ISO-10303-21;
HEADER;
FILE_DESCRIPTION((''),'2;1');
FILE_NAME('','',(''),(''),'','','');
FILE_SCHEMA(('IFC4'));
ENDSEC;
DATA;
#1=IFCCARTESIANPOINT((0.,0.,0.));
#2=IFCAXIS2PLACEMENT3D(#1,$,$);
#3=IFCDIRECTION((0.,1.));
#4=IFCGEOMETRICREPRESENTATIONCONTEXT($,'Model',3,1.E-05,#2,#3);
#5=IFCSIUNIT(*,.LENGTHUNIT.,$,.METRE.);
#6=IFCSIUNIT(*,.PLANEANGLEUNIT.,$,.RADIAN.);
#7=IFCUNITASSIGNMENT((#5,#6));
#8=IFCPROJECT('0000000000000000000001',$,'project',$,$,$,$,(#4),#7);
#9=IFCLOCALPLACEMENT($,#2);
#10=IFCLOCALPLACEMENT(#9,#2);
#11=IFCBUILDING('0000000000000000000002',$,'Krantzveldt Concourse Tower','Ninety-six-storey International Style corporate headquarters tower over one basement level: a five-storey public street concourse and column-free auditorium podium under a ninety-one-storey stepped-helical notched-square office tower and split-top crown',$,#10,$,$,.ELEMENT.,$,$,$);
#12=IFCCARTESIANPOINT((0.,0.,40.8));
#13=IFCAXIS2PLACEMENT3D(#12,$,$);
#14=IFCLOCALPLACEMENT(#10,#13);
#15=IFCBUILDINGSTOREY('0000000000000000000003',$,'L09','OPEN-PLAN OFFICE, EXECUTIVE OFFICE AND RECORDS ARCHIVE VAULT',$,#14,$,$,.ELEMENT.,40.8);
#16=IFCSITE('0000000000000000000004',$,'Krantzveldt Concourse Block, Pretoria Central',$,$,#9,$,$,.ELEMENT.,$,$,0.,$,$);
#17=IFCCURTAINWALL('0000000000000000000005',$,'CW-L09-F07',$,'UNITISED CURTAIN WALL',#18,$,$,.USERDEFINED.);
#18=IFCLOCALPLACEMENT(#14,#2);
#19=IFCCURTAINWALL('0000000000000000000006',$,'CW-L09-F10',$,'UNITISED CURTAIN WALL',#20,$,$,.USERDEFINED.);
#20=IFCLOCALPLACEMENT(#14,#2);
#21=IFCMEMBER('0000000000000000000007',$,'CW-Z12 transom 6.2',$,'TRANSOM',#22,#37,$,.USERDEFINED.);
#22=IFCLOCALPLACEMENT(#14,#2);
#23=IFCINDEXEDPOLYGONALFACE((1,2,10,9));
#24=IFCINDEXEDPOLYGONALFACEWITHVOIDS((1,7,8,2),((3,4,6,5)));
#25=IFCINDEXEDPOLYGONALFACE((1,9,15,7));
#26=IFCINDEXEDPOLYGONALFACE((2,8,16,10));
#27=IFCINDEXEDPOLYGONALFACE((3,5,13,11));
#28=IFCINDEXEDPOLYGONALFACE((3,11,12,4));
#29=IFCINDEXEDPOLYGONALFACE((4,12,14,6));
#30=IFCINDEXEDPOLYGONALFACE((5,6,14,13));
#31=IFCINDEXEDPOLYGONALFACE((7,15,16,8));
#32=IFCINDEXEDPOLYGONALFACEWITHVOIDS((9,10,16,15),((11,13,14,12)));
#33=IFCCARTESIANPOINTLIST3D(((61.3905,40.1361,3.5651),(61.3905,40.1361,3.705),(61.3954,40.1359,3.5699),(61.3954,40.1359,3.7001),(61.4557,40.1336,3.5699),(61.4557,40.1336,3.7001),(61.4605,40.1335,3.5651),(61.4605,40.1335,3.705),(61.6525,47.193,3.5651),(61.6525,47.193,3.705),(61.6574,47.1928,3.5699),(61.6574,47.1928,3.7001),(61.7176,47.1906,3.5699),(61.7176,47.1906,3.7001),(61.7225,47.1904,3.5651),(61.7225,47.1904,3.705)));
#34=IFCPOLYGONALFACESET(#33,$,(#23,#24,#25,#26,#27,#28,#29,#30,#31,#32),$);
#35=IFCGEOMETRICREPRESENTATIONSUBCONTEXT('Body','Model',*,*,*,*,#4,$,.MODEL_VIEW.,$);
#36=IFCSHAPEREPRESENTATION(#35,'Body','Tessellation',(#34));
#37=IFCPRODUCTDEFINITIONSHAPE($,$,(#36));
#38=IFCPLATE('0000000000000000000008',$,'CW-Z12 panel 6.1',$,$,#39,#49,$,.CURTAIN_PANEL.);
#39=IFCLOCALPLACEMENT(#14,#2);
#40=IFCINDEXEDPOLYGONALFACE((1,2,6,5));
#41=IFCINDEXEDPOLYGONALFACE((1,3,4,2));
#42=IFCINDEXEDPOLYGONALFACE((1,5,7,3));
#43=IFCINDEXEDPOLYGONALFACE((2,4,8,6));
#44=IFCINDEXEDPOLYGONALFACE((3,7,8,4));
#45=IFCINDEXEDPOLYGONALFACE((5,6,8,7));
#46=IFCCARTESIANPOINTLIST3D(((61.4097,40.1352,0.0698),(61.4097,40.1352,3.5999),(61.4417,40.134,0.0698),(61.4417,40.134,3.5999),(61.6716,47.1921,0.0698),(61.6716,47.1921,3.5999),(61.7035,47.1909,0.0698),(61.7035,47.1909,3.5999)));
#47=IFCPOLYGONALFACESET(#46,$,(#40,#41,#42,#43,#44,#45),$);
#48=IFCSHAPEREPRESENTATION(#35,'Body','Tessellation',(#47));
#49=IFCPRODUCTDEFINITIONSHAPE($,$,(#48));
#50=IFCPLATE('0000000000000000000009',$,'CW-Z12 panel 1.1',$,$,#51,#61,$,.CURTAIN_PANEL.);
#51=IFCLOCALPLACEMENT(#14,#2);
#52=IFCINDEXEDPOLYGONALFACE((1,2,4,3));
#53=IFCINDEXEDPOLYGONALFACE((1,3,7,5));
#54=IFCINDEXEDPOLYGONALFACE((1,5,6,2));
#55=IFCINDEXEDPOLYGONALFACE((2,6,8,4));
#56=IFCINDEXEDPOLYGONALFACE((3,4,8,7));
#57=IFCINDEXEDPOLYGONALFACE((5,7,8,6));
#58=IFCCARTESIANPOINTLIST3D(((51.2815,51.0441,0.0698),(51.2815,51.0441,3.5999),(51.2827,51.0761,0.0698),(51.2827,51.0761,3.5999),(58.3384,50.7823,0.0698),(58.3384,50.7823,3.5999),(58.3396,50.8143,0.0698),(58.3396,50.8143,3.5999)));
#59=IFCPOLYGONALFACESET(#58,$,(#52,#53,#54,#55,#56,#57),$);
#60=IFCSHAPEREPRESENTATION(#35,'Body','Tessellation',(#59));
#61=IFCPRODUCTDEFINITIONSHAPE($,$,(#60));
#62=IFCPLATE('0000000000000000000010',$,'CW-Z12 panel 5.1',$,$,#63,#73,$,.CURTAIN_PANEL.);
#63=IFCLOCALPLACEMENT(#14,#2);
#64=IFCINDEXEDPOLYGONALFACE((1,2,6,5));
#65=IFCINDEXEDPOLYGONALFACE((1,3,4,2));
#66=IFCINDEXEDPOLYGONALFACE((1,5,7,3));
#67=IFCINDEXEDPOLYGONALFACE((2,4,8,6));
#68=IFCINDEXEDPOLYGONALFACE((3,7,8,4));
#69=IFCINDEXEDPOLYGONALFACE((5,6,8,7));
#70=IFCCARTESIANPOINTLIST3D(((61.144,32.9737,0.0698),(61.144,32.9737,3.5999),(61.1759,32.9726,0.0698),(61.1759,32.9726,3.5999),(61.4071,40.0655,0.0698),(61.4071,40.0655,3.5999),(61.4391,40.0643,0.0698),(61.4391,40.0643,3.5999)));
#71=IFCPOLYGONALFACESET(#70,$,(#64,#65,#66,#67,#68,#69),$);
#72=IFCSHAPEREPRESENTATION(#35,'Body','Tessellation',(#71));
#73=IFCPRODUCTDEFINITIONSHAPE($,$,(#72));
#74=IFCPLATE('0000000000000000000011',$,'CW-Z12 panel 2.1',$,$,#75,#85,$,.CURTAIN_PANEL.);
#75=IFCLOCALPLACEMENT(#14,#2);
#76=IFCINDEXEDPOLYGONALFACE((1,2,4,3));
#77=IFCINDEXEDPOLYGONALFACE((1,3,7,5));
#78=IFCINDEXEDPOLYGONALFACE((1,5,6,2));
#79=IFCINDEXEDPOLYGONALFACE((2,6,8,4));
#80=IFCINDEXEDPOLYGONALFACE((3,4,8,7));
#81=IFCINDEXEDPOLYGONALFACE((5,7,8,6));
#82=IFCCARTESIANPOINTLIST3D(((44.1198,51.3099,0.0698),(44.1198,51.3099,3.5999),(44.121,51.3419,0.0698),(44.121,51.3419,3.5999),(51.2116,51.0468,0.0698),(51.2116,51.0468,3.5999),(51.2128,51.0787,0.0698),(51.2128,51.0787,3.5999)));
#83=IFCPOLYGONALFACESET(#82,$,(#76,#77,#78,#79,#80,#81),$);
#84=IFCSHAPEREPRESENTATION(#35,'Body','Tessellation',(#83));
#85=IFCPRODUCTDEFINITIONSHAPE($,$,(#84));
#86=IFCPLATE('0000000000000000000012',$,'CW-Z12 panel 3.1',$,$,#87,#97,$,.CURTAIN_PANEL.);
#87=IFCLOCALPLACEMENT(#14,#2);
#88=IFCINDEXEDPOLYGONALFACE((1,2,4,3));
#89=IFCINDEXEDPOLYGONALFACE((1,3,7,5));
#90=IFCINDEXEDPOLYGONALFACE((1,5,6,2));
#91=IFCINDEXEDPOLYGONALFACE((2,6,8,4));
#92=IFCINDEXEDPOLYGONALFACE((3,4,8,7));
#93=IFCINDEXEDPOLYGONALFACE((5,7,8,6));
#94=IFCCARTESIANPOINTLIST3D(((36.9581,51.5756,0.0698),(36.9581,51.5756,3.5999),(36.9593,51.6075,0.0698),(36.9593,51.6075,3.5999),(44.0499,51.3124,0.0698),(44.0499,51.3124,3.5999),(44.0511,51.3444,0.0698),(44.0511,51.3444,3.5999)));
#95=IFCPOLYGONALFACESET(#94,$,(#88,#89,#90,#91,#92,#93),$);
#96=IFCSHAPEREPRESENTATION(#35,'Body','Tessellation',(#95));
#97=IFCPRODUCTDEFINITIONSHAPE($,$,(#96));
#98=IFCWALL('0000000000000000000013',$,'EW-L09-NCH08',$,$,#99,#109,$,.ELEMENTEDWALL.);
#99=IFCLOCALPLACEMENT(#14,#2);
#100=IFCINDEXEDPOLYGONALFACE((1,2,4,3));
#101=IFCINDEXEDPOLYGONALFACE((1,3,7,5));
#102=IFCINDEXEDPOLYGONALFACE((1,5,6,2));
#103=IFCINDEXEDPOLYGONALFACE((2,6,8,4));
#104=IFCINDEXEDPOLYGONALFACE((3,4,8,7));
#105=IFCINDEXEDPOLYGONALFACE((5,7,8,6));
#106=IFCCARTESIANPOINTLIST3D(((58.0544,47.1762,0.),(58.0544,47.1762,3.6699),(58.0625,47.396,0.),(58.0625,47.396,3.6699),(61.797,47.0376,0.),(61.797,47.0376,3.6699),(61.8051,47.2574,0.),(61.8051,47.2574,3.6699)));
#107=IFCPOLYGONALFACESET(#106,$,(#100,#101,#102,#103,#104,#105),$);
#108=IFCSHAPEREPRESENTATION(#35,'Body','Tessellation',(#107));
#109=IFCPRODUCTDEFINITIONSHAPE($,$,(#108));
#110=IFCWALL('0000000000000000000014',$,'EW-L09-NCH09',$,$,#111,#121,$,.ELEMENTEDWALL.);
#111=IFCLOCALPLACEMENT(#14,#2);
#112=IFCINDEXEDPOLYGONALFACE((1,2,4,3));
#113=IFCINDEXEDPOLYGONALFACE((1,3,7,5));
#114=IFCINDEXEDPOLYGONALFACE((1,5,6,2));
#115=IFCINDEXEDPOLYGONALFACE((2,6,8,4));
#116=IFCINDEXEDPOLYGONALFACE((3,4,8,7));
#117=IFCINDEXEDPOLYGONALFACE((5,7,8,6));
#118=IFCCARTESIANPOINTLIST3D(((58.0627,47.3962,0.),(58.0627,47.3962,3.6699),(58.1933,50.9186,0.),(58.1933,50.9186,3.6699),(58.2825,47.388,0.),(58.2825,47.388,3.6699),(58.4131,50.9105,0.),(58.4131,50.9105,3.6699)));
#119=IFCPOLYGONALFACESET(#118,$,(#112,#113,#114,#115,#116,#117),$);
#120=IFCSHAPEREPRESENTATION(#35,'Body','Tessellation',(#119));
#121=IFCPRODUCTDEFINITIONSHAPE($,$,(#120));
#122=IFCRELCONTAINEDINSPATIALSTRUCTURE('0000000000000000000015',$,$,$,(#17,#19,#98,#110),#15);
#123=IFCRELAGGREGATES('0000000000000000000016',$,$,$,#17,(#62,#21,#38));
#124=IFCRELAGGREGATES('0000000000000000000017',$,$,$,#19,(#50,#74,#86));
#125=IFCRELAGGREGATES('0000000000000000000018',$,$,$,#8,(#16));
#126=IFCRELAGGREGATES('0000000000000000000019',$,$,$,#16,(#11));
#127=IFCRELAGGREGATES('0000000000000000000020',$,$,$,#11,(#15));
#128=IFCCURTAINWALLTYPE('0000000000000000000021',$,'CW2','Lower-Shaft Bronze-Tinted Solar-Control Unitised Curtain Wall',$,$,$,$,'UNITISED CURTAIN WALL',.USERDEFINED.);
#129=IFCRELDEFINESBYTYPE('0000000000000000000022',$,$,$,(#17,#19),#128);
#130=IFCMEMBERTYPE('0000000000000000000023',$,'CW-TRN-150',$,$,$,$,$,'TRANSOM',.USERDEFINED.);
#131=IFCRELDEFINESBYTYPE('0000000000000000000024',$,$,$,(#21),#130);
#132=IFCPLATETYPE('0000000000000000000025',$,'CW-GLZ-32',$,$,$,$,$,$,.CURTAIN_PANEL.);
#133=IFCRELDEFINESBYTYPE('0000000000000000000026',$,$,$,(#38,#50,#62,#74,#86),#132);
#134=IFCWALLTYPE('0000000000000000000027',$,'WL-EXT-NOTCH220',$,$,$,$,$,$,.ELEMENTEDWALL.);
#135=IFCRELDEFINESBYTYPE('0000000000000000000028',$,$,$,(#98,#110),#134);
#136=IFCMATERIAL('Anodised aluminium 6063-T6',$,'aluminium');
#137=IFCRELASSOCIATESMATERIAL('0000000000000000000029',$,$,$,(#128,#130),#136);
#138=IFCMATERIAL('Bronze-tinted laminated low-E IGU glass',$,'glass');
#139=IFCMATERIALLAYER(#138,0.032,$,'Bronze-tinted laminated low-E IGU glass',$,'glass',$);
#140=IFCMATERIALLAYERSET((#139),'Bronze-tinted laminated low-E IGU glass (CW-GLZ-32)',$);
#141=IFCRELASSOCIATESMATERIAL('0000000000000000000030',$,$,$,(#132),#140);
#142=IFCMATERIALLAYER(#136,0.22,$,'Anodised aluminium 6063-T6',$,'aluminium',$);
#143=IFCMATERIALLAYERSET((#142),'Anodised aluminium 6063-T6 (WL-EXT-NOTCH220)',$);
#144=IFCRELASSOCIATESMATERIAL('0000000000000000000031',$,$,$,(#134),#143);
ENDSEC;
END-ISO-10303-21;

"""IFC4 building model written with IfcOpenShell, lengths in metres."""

from ifc_helpers import new_model, si_unit, direction, frame, frame_2d, origin, origin_2d, place, context, subcontext, project, spatial, rectangle, hollow_rectangle, extrude, source, transform, mapped, material, layer, layer_set, material_profile, profile_set, type_object, type_shapes, element, aggregate, save


model = new_model("IFC4")

# Units and contexts
model_context = context("Model", 3, precision=1e-05, world=origin(), true_north=direction((0.0, 1.0)))
body_context = subcontext(model_context, "Body", "Model", "MODEL_VIEW")
ifc_project = project(units=[si_unit("LENGTHUNIT", "METRE"), si_unit("PLANEANGLEUNIT", "RADIAN")], contexts=[model_context])

# Site, building, storey
site_placement = place(None, origin())
site = spatial("IfcSite", under=ifc_project, at=site_placement, Name="Krantzveldt Concourse Block, Pretoria Central", CompositionType="ELEMENT", RefElevation=0.0)
building_placement = place(site_placement, origin())
building = spatial("IfcBuilding", under=site, at=building_placement, Name="Krantzveldt Concourse Tower", Description="Ninety-six-storey International Style corporate headquarters tower over one basement level: a five-storey public street concourse and column-free auditorium podium under a ninety-one-storey stepped-helical notched-square office tower and split-top crown", CompositionType="ELEMENT")
storey_placement = place(building_placement, frame((0.0, 0.0, 40.8)))
storey = spatial("IfcBuildingStorey", under=building, at=storey_placement, Name="L09", Description="OPEN-PLAN OFFICE, EXECUTIVE OFFICE AND RECORDS ARCHIVE VAULT", CompositionType="ELEMENT", Elevation=40.8)

# Curtain walls
ifc_material_1 = material(Name="Anodised aluminium 6063-T6", Category="aluminium")
curtain_wall_type = type_object("IfcCurtainWallType", Name="CW2", Description="Lower-Shaft Bronze-Tinted Solar-Control Unitised Curtain Wall", ElementType="UNITISED CURTAIN WALL", PredefinedType="USERDEFINED", material=ifc_material_1)
curtain_wall_1_placement = place(storey_placement, origin())
curtain_wall_1 = element("IfcCurtainWall", 1, at=curtain_wall_1_placement, inside=storey, type_object=curtain_wall_type, Name="CW-L09-F07", ObjectType="UNITISED CURTAIN WALL", PredefinedType="USERDEFINED")
curtain_wall_2_placement = place(storey_placement, origin())
curtain_wall_2 = element("IfcCurtainWall", 2, at=curtain_wall_2_placement, inside=storey, type_object=curtain_wall_type, Name="CW-L09-F10", ObjectType="UNITISED CURTAIN WALL", PredefinedType="USERDEFINED")
ifc_material_profile_1 = material_profile(ifc_material_1, hollow_rectangle(XDim=0.0701, YDim=0.1399, WallThickness=0.0049, at=origin_2d()), Name="Anodised aluminium 6063-T6", Category="aluminium")
ifc_profile_set_1 = profile_set([ifc_material_profile_1], Name="Anodised aluminium 6063-T6 - ALU-TRAN 140x70x5")
member_type_1 = type_object("IfcMemberType", Name="CW-TRN-150", ElementType="TRANSOM", PredefinedType="USERDEFINED", material=ifc_profile_set_1)

# Member
shared_shape_1 = source(origin(), body_context, "Body", "SweptSolid", [
    extrude(hollow_rectangle(XDim=0.0701, YDim=0.1399, WallThickness=0.0049, at=origin_2d()), origin(), (0.0, 0.0, 1.0), 7.0618),
])
member_1_placement = place(storey_placement, frame((61.4255, 40.1348, 3.635), z_axis=(0.037096, 0.999312, 0.0), x_axis=(-0.999312, 0.037096, 0.0)))
member_1 = element("IfcMember", 3, at=member_1_placement, type_object=member_type_1, Name="CW-Z12 transom 6.2", ObjectType="TRANSOM", PredefinedType="USERDEFINED", context=body_context, shape_type="MappedRepresentation", body=[
    mapped(shared_shape_1, transform((0.0, 0.0, 0.0), x_axis=(1.0, 0.0, 0.0), y_axis=(0.0, 1.0, 0.0), z_axis=(0.0, 0.0, 1.0), scale=1.0)),
])

# Plates
ifc_material_2 = material(Name="Bronze-tinted laminated low-E IGU glass", Category="glass")
ifc_layer_1 = layer(ifc_material_2, 0.032, Name="Bronze-tinted laminated low-E IGU glass", Category="glass")
ifc_layer_set_1 = layer_set([ifc_layer_1], Name="Bronze-tinted laminated low-E IGU glass (CW-GLZ-32)")
plate_type = type_object("IfcPlateType", Name="CW-GLZ-32", PredefinedType="CURTAIN_PANEL", material=ifc_layer_set_1)
shared_shape_2 = source(origin(), body_context, "Body", "SweptSolid", [
    extrude(rectangle(XDim=7.0618, YDim=0.032, at=origin_2d()), origin(), (0.0, 0.0, 1.0), 3.53),
])
plate_1_placement = place(storey_placement, frame((61.5566, 43.6631, 0.0698), z_axis=(0.0, 0.0, 1.0), x_axis=(0.03708, 0.999312, 0.0)))
plate_1 = element("IfcPlate", 4, at=plate_1_placement, type_object=plate_type, Name="CW-Z12 panel 6.1", PredefinedType="CURTAIN_PANEL", context=body_context, shape_type="MappedRepresentation", body=[
    mapped(shared_shape_2, transform((0.0, 0.0, 0.0), x_axis=(1.0, 0.0, 0.0), y_axis=(0.0, 1.0, 0.0), z_axis=(0.0, 0.0, 1.0), scale=1.0)),
])
plate_2_placement = place(storey_placement, frame((54.8105, 50.9292, 0.0698), z_axis=(0.0, 0.0, 1.0), x_axis=(-0.999312, 0.03708, 0.0)))
plate_2 = element("IfcPlate", 5, at=plate_2_placement, type_object=plate_type, Name="CW-Z12 panel 1.1", PredefinedType="CURTAIN_PANEL", context=body_context, shape_type="MappedRepresentation", body=[
    mapped(shared_shape_2, transform((0.0, 0.0, 0.0), x_axis=(1.0, 0.0, 0.0), y_axis=(0.0, 1.0, 0.0), z_axis=(0.0, 0.0, 1.0), scale=1.0)),
])
shared_shape_3 = source(origin(), body_context, "Body", "SweptSolid", [
    extrude(rectangle(XDim=7.0967, YDim=0.032, at=origin_2d()), origin(), (0.0, 0.0, 1.0), 3.53),
])
type_shapes(plate_type, [shared_shape_2, shared_shape_3])
plate_3_placement = place(storey_placement, frame((61.2915, 36.519, 0.0698), z_axis=(0.0, 0.0, 1.0), x_axis=(0.03708, 0.999312, 0.0)))
plate_3 = element("IfcPlate", 6, at=plate_3_placement, type_object=plate_type, Name="CW-Z12 panel 5.1", PredefinedType="CURTAIN_PANEL", context=body_context, shape_type="MappedRepresentation", body=[
    mapped(shared_shape_3, transform((0.0, 0.0, 0.0), x_axis=(1.0, 0.0, 0.0), y_axis=(0.0, 1.0, 0.0), z_axis=(0.0, 0.0, 1.0), scale=1.0)),
])
aggregate(curtain_wall_1, [plate_3, member_1, plate_1])
plate_4_placement = place(storey_placement, frame((47.6663, 51.1943, 0.0698), z_axis=(0.0, 0.0, 1.0), x_axis=(-0.999312, 0.03708, 0.0)))
plate_4 = element("IfcPlate", 7, at=plate_4_placement, type_object=plate_type, Name="CW-Z12 panel 2.1", PredefinedType="CURTAIN_PANEL", context=body_context, shape_type="MappedRepresentation", body=[
    mapped(shared_shape_3, transform((0.0, 0.0, 0.0), x_axis=(1.0, 0.0, 0.0), y_axis=(0.0, 1.0, 0.0), z_axis=(0.0, 0.0, 1.0), scale=1.0)),
])
plate_5_placement = place(storey_placement, frame((40.5046, 51.46, 0.0698), z_axis=(0.0, 0.0, 1.0), x_axis=(-0.999312, 0.03708, 0.0)))
plate_5 = element("IfcPlate", 8, at=plate_5_placement, type_object=plate_type, Name="CW-Z12 panel 3.1", PredefinedType="CURTAIN_PANEL", context=body_context, shape_type="MappedRepresentation", body=[
    mapped(shared_shape_3, transform((0.0, 0.0, 0.0), x_axis=(1.0, 0.0, 0.0), y_axis=(0.0, 1.0, 0.0), z_axis=(0.0, 0.0, 1.0), scale=1.0)),
])
aggregate(curtain_wall_2, [plate_2, plate_4, plate_5])

# Walls
ifc_layer_2 = layer(ifc_material_1, 0.22, Name="Anodised aluminium 6063-T6", Category="aluminium")
ifc_layer_set_2 = layer_set([ifc_layer_2], Name="Anodised aluminium 6063-T6 (WL-EXT-NOTCH220)")
wall_type = type_object("IfcWallType", Name="WL-EXT-NOTCH220", PredefinedType="ELEMENTEDWALL", material=ifc_layer_set_2)
wall_1_placement = place(storey_placement, frame((61.801, 47.1475, 0.0), z_axis=(0.0, 0.0, 1.0), x_axis=(-0.999314, 0.037029, 0.0)))
element("IfcWall", 9, at=wall_1_placement, inside=storey, type_object=wall_type, Name="EW-L09-NCH08", PredefinedType="ELEMENTEDWALL", context=body_context, shape_type="SweptSolid", body=[
    extrude(rectangle(XDim=3.7451, YDim=0.22, at=frame_2d((1.8726, 0.0))), origin(), (0.0, 0.0, 1.0), 3.6699),
])
wall_2_placement = place(storey_placement, frame((58.1726, 47.3921, 0.0), z_axis=(0.0, 0.0, 1.0), x_axis=(0.037055, 0.999313, 0.0)))
element("IfcWall", 10, at=wall_2_placement, inside=storey, type_object=wall_type, Name="EW-L09-NCH09", PredefinedType="ELEMENTEDWALL", context=body_context, shape_type="SweptSolid", body=[
    extrude(rectangle(XDim=3.5249, YDim=0.22, at=frame_2d((1.7625, 0.0))), origin(), (0.0, 0.0, 1.0), 3.6699),
])

save(model, "model.ifc")
